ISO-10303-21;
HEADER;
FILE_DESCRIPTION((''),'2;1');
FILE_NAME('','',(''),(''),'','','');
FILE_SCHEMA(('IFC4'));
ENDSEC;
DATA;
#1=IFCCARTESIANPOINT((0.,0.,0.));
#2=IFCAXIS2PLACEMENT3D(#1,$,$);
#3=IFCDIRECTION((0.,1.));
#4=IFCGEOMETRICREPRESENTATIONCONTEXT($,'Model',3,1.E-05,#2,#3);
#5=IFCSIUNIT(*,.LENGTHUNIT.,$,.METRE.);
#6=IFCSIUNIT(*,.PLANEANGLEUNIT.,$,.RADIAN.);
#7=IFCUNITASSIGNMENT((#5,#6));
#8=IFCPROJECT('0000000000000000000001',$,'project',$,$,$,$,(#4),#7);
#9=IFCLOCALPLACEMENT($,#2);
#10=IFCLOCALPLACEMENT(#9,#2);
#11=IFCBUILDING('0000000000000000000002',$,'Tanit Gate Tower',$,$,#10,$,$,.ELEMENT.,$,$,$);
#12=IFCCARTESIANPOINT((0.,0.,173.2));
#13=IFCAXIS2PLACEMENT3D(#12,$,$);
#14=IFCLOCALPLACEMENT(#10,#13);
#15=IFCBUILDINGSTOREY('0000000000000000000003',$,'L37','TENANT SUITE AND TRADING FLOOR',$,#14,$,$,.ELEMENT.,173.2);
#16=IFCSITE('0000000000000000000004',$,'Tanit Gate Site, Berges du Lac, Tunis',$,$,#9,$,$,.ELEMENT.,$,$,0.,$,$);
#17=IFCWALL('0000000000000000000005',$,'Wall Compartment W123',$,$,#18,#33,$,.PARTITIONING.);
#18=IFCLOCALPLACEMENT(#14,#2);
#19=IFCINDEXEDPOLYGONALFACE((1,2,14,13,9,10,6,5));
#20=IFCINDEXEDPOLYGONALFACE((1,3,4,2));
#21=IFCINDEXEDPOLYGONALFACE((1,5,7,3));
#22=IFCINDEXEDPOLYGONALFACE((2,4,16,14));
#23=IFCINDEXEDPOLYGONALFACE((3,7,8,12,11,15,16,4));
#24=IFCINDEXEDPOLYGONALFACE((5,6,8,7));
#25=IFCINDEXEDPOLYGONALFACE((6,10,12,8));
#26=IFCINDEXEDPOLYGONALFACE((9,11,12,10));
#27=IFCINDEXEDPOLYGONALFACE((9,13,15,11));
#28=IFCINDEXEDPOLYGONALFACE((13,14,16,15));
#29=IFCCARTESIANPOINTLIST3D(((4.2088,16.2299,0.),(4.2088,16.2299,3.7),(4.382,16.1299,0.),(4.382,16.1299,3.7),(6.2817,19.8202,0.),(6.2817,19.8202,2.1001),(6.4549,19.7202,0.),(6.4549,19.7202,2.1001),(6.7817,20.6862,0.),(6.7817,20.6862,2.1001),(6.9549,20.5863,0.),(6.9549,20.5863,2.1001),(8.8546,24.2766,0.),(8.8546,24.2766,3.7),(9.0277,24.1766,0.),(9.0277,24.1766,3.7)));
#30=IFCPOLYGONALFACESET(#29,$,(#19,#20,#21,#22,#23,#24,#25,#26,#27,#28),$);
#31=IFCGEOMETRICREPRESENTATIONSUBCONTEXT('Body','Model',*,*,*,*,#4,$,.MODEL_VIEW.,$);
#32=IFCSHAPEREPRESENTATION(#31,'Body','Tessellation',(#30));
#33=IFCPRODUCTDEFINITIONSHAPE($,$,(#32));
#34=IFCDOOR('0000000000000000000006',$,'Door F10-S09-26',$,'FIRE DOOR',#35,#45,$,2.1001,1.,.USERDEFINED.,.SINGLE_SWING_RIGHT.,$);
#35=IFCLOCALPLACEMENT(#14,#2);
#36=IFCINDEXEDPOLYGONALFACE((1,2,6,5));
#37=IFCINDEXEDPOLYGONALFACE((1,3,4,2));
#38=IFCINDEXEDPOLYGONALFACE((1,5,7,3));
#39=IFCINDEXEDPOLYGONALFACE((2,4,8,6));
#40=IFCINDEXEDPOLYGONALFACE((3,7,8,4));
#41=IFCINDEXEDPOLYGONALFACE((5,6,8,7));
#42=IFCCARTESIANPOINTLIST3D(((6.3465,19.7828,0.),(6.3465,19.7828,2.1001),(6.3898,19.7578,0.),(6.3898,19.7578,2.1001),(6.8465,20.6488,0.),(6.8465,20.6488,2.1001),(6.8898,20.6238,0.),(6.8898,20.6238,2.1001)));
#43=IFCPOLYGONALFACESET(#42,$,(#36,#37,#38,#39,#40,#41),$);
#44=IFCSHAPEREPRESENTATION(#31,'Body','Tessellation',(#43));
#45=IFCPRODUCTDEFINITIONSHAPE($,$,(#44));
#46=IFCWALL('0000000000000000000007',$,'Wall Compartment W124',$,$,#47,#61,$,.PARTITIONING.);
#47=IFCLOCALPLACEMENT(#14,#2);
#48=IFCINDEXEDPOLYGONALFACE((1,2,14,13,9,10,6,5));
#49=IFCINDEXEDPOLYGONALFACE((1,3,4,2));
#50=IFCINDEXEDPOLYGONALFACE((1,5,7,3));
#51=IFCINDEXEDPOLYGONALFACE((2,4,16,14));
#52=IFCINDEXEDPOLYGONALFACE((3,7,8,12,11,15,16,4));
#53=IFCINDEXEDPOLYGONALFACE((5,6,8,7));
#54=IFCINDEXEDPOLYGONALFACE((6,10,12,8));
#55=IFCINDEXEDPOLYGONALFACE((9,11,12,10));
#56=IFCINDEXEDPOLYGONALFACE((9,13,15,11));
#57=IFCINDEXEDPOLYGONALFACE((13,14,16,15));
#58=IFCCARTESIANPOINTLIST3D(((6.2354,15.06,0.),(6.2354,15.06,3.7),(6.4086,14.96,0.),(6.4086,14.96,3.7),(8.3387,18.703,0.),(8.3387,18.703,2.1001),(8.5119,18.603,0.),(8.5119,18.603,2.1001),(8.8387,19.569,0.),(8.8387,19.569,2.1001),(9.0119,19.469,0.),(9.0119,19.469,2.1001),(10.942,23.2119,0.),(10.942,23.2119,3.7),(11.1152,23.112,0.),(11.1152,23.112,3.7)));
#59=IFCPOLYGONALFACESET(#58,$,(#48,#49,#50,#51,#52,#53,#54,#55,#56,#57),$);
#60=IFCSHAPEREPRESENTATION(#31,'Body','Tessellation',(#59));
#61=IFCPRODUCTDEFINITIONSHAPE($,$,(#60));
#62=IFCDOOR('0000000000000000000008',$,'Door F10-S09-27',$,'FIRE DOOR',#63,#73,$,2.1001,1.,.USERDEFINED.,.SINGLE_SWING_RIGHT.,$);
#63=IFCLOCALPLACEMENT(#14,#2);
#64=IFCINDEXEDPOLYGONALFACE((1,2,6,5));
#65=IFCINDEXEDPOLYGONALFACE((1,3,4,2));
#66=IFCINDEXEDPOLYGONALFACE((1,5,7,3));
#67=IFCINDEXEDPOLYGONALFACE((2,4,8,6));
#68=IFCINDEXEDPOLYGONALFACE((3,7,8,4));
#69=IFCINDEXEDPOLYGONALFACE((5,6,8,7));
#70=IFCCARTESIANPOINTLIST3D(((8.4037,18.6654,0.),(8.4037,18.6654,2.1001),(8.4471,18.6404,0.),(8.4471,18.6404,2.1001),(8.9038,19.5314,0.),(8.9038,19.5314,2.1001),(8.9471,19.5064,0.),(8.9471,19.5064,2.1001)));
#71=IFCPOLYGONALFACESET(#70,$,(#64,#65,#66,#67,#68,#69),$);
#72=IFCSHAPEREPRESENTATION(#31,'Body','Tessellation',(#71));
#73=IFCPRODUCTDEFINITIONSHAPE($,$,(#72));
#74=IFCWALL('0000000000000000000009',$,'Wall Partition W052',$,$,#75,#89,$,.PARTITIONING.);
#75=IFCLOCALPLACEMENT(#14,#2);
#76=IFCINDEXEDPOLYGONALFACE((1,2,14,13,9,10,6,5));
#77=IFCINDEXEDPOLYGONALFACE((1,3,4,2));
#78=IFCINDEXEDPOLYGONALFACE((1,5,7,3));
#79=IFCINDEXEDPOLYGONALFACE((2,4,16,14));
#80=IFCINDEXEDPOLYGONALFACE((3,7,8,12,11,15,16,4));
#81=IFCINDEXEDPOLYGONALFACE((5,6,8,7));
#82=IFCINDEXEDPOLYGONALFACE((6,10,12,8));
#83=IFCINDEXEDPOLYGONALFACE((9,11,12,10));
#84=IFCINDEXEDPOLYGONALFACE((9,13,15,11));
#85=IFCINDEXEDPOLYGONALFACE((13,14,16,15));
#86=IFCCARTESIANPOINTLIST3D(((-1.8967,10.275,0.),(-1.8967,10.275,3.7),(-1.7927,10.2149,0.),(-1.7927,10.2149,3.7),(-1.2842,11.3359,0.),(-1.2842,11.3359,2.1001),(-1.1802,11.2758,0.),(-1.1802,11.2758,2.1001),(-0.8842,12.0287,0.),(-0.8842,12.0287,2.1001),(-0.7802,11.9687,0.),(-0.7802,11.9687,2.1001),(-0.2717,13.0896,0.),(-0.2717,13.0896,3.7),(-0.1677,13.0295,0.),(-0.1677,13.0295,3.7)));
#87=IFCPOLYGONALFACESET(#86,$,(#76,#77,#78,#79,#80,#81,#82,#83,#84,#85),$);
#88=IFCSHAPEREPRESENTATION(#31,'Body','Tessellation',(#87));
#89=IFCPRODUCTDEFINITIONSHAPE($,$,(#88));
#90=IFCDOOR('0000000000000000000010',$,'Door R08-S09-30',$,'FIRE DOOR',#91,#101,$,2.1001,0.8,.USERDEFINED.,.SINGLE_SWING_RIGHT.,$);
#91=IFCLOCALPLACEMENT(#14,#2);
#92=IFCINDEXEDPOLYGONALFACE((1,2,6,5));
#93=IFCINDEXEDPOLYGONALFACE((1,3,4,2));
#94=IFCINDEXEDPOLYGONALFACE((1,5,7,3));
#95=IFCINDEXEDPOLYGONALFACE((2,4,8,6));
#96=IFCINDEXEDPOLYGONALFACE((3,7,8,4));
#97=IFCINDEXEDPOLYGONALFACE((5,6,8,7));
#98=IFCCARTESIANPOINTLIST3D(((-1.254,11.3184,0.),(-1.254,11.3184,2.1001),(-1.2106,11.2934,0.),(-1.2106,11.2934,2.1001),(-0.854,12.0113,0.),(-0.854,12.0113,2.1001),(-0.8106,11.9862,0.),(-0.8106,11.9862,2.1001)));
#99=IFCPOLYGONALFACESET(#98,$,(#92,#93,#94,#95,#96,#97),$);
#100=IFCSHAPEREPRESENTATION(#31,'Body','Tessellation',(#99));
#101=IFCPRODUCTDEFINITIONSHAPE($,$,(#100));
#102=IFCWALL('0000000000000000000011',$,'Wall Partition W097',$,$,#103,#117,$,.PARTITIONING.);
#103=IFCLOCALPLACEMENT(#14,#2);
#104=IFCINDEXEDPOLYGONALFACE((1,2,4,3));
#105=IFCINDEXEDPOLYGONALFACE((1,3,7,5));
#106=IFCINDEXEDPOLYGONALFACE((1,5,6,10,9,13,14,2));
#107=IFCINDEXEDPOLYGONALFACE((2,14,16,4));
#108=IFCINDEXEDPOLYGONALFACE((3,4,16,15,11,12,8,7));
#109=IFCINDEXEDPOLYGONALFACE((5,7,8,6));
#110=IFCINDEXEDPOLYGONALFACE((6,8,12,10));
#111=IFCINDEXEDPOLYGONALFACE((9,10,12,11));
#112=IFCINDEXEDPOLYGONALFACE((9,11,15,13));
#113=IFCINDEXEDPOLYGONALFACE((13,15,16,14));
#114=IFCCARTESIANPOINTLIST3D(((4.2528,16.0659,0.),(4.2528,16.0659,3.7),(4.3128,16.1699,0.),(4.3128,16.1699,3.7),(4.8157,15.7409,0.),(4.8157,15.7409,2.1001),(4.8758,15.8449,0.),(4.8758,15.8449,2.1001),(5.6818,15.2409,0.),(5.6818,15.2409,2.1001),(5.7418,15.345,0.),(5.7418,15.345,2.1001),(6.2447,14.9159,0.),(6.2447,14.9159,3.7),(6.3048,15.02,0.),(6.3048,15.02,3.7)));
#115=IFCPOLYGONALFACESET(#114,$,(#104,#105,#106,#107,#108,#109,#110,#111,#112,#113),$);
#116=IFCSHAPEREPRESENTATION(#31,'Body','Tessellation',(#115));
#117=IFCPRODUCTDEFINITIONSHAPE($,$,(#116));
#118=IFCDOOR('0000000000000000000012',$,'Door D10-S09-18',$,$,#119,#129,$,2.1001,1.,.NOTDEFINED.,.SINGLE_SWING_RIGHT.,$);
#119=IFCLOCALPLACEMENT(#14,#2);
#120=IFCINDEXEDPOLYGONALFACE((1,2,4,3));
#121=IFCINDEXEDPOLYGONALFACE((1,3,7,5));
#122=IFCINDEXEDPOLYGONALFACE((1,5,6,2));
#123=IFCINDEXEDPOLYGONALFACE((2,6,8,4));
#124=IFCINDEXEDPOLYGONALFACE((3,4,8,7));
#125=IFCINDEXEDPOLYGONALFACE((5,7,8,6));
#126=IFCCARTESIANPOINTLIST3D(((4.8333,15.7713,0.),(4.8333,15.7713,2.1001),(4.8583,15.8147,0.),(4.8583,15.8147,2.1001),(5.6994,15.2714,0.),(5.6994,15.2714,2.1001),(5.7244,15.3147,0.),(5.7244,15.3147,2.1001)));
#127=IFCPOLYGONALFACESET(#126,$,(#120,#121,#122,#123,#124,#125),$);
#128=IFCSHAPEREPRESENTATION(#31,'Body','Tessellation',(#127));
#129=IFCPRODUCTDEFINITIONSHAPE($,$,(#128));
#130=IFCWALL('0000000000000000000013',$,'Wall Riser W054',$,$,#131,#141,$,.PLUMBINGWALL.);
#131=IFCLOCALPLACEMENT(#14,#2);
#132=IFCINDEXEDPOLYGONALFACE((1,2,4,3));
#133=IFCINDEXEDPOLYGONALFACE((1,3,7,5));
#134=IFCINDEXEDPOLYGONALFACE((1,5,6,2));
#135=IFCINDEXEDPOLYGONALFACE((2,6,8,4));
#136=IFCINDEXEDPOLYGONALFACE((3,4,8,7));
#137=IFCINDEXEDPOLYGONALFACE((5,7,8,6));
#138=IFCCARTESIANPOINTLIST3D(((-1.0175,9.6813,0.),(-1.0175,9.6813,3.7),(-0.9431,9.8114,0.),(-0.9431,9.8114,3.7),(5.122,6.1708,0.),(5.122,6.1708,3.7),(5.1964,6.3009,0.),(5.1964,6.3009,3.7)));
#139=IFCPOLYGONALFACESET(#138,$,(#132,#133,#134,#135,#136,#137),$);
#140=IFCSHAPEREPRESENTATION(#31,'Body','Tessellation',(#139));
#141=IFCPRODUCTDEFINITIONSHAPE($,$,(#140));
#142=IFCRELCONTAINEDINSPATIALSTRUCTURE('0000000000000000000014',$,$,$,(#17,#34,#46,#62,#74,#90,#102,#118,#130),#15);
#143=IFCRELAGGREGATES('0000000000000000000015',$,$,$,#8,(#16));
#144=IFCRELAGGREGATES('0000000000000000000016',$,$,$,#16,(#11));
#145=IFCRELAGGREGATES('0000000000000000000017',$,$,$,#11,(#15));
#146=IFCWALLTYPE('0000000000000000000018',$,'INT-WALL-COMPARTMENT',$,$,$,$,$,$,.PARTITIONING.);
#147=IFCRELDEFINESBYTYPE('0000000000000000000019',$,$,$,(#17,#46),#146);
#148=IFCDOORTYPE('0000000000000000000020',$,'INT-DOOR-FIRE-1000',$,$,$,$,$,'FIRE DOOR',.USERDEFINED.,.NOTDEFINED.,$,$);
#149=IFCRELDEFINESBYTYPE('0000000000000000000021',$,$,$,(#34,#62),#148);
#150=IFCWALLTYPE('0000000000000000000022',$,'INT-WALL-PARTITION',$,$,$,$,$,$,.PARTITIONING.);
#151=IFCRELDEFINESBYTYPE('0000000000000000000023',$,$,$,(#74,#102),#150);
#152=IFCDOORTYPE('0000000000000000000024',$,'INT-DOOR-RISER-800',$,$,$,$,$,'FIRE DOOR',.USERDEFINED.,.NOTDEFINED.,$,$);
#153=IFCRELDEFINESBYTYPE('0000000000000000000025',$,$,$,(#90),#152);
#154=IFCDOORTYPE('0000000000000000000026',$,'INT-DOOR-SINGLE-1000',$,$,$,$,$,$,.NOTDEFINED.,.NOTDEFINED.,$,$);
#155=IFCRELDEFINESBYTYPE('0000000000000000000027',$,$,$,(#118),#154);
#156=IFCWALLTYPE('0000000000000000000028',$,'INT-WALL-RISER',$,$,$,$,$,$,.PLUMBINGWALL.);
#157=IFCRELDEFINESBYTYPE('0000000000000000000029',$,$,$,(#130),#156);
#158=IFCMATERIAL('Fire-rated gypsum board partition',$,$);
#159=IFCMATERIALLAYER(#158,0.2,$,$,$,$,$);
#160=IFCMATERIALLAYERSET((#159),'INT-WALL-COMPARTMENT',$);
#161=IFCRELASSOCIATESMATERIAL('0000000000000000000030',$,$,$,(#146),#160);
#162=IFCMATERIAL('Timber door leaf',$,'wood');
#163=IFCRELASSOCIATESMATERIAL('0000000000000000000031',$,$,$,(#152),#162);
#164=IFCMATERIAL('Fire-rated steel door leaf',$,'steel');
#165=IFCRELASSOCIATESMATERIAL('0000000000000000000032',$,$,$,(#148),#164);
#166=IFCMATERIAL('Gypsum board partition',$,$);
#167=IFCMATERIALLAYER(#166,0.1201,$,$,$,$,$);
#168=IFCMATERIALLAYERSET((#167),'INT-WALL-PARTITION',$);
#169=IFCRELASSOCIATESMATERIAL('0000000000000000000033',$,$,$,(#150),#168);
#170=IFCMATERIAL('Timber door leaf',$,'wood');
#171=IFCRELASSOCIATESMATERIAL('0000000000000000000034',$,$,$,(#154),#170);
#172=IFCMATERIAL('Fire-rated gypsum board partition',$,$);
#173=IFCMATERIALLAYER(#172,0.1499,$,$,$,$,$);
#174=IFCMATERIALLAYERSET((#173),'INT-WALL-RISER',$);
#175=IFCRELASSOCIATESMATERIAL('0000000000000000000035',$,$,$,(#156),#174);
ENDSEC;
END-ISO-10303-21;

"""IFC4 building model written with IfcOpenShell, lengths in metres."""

from ifc_helpers import new_model, si_unit, direction, frame, frame_2d, origin, place, context, subcontext, project, spatial, rectangle, extrude, material, layer, layer_set, type_object, element, fill, save


model = new_model("IFC4")

# Units and contexts
model_context = context("Model", 3, precision=1e-05, world=origin(), true_north=direction((0.0, 1.0)))
body_context = subcontext(model_context, "Body", "Model", "MODEL_VIEW")
ifc_project = project(units=[si_unit("LENGTHUNIT", "METRE"), si_unit("PLANEANGLEUNIT", "RADIAN")], contexts=[model_context])

# Site, building, storey
site_placement = place(None, origin())
site = spatial("IfcSite", under=ifc_project, at=site_placement, Name="Tanit Gate Site, Berges du Lac, Tunis", CompositionType="ELEMENT", RefElevation=0.0)
building_placement = place(site_placement, origin())
building = spatial("IfcBuilding", under=site, at=building_placement, Name="Tanit Gate Tower", CompositionType="ELEMENT")
storey_placement = place(building_placement, frame((0.0, 0.0, 173.2)))
storey = spatial("IfcBuildingStorey", under=building, at=storey_placement, Name="L37", Description="TENANT SUITE AND TRADING FLOOR", CompositionType="ELEMENT", Elevation=173.2)

# Shared definitions
ifc_material_1 = material(Name="Fire-rated gypsum board partition")
ifc_layer_1 = layer(ifc_material_1, 0.2)
ifc_layer_set_1 = layer_set([ifc_layer_1], Name="INT-WALL-COMPARTMENT")
wall_type_1 = type_object("IfcWallType", Name="INT-WALL-COMPARTMENT", PredefinedType="PARTITIONING", material=ifc_layer_set_1)

# Shared definitions
ifc_material_2 = material(Name="Timber door leaf", Category="wood")
door_type_1 = type_object("IfcDoorType", Name="INT-DOOR-RISER-800", ElementType="FIRE DOOR", OperationType="NOTDEFINED", PredefinedType="USERDEFINED", material=ifc_material_2)

# Walls, openings, doors
wall_1_placement = place(storey_placement, frame((8.9412, 24.2266, 0.0), z_axis=(0.0, 0.0, 1.0), x_axis=(-0.500002, -0.866024, 0.0)))
wall_1 = element("IfcWall", 1, at=wall_1_placement, inside=storey, type_object=wall_type_1, Name="Wall Compartment W123", PredefinedType="PARTITIONING", context=body_context, shape_type="SweptSolid", body=[
    extrude(rectangle(XDim=9.2915, YDim=0.2, at=frame_2d((4.6458, 0.0))), origin(), (0.0, 0.0, 1.0), 3.7),
])
opening_1_placement = place(wall_1_placement, frame((4.1458, 0.0, 0.0)))
opening_1 = element("IfcOpeningElement", 2, at=opening_1_placement, cuts=wall_1, PredefinedType="OPENING", context=body_context, shape_type="SweptSolid", body=[
    extrude(rectangle(XDim=1.0, YDim=2.1001, at=frame_2d((0.5, 1.05))), frame((0.0, 0.1099, 0.0), z_axis=(0.0, -1.0, 0.0), x_axis=(1.0, 0.0, 0.0)), (0.0, 0.0, 1.0), 0.22),
])
ifc_material_3 = material(Name="Fire-rated steel door leaf", Category="steel")
door_type_2 = type_object("IfcDoorType", Name="INT-DOOR-FIRE-1000", ElementType="FIRE DOOR", OperationType="NOTDEFINED", PredefinedType="USERDEFINED", material=ifc_material_3)
door_1_placement = place(opening_1_placement, origin())
door_1 = element("IfcDoor", 3, at=door_1_placement, inside=storey, type_object=door_type_2, Name="Door F10-S09-26", ObjectType="FIRE DOOR", OperationType="SINGLE_SWING_RIGHT", OverallHeight=2.1001, OverallWidth=1.0, PredefinedType="USERDEFINED", context=body_context, shape_type="SweptSolid", body=[
    extrude(rectangle(XDim=1.0, YDim=2.1001, at=frame_2d((0.5, 1.05))), frame((0.0, 0.0249, 0.0), z_axis=(0.0, -1.0, 0.0), x_axis=(1.0, 0.0, 0.0)), (0.0, 0.0, 1.0), 0.05),
])
fill(opening_1, door_1)
wall_2_placement = place(storey_placement, frame((6.322, 15.01, 0.0), z_axis=(0.0, 0.0, 1.0), x_axis=(0.500005, 0.866022, 0.0)))
wall_2 = element("IfcWall", 4, at=wall_2_placement, inside=storey, type_object=wall_type_1, Name="Wall Compartment W124", PredefinedType="PARTITIONING", context=body_context, shape_type="SweptSolid", body=[
    extrude(rectangle(XDim=9.4131, YDim=0.2, at=frame_2d((4.7065, 0.0))), origin(), (0.0, 0.0, 1.0), 3.7),
])
opening_2_placement = place(wall_2_placement, frame((4.2065, 0.0, 0.0)))
opening_2 = element("IfcOpeningElement", 5, at=opening_2_placement, cuts=wall_2, PredefinedType="OPENING", context=body_context, shape_type="SweptSolid", body=[
    extrude(rectangle(XDim=1.0, YDim=2.1001, at=frame_2d((0.5, 1.05))), frame((0.0, 0.1099, 0.0), z_axis=(0.0, -1.0, 0.0), x_axis=(1.0, 0.0, 0.0)), (0.0, 0.0, 1.0), 0.22),
])
door_2_placement = place(opening_2_placement, origin())
door_2 = element("IfcDoor", 6, at=door_2_placement, inside=storey, type_object=door_type_2, Name="Door F10-S09-27", ObjectType="FIRE DOOR", OperationType="SINGLE_SWING_RIGHT", OverallHeight=2.1001, OverallWidth=1.0, PredefinedType="USERDEFINED", context=body_context, shape_type="SweptSolid", body=[
    extrude(rectangle(XDim=1.0, YDim=2.1001, at=frame_2d((0.5, 1.05))), frame((0.0, 0.0249, 0.0), z_axis=(0.0, -1.0, 0.0), x_axis=(1.0, 0.0, 0.0)), (0.0, 0.0, 1.0), 0.05),
])
fill(opening_2, door_2)
ifc_material_4 = material(Name="Gypsum board partition")
ifc_layer_2 = layer(ifc_material_4, 0.1201)
ifc_layer_set_2 = layer_set([ifc_layer_2], Name="INT-WALL-PARTITION")
wall_type_2 = type_object("IfcWallType", Name="INT-WALL-PARTITION", PredefinedType="PARTITIONING", material=ifc_layer_set_2)
wall_3_placement = place(storey_placement, frame((-0.2197, 13.0596, 0.0), z_axis=(0.0, 0.0, 1.0), x_axis=(-0.499985, -0.866034, 0.0)))
wall_3 = element("IfcWall", 7, at=wall_3_placement, inside=storey, type_object=wall_type_2, Name="Wall Partition W052", PredefinedType="PARTITIONING", context=body_context, shape_type="SweptSolid", body=[
    extrude(rectangle(XDim=3.25, YDim=0.1201, at=frame_2d((1.625, 0.0))), origin(), (0.0, 0.0, 1.0), 3.7),
])
opening_3_placement = place(wall_3_placement, frame((1.2251, 0.0, 0.0)))
opening_3 = element("IfcOpeningElement", 8, at=opening_3_placement, cuts=wall_3, PredefinedType="OPENING", context=body_context, shape_type="SweptSolid", body=[
    extrude(rectangle(XDim=0.8, YDim=2.1001, at=frame_2d((0.3999, 1.05))), frame((0.0, 0.0701, 0.0), z_axis=(0.0, -1.0, 0.0), x_axis=(1.0, 0.0, 0.0)), (0.0, 0.0, 1.0), 0.1401),
])
door_3_placement = place(opening_3_placement, origin())
door_3 = element("IfcDoor", 9, at=door_3_placement, inside=storey, type_object=door_type_1, Name="Door R08-S09-30", ObjectType="FIRE DOOR", OperationType="SINGLE_SWING_RIGHT", OverallHeight=2.1001, OverallWidth=0.8, PredefinedType="USERDEFINED", context=body_context, shape_type="SweptSolid", body=[
    extrude(rectangle(XDim=0.8, YDim=2.1001, at=frame_2d((0.3999, 1.05))), frame((0.0, 0.0249, 0.0), z_axis=(0.0, -1.0, 0.0), x_axis=(1.0, 0.0, 0.0)), (0.0, 0.0, 1.0), 0.05),
])
fill(opening_3, door_3)
wall_4_placement = place(storey_placement, frame((6.2747, 14.968, 0.0), z_axis=(0.0, 0.0, 1.0), x_axis=(-0.866053, 0.499952, 0.0)))
wall_4 = element("IfcWall", 10, at=wall_4_placement, inside=storey, type_object=wall_type_2, Name="Wall Partition W097", PredefinedType="PARTITIONING", context=body_context, shape_type="SweptSolid", body=[
    extrude(rectangle(XDim=2.3, YDim=0.1201, at=frame_2d((1.1499, 0.0))), origin(), (0.0, 0.0, 1.0), 3.7),
])
opening_4_placement = place(wall_4_placement, frame((0.6499, 0.0, 0.0)))
opening_4 = element("IfcOpeningElement", 11, at=opening_4_placement, cuts=wall_4, PredefinedType="OPENING", context=body_context, shape_type="SweptSolid", body=[
    extrude(rectangle(XDim=1.0, YDim=2.1001, at=frame_2d((0.5, 1.05))), frame((0.0, 0.0701, 0.0), z_axis=(0.0, -1.0, 0.0), x_axis=(1.0, 0.0, 0.0)), (0.0, 0.0, 1.0), 0.1401),
])
ifc_material_5 = material(Name="Timber door leaf", Category="wood")
door_type_3 = type_object("IfcDoorType", Name="INT-DOOR-SINGLE-1000", OperationType="NOTDEFINED", PredefinedType="NOTDEFINED", material=ifc_material_5)
door_4_placement = place(opening_4_placement, origin())
door_4 = element("IfcDoor", 12, at=door_4_placement, inside=storey, type_object=door_type_3, Name="Door D10-S09-18", OperationType="SINGLE_SWING_RIGHT", OverallHeight=2.1001, OverallWidth=1.0, PredefinedType="NOTDEFINED", context=body_context, shape_type="SweptSolid", body=[
    extrude(rectangle(XDim=1.0, YDim=2.1001, at=frame_2d((0.5, 1.05))), frame((0.0, 0.0249, 0.0), z_axis=(0.0, -1.0, 0.0), x_axis=(1.0, 0.0, 0.0)), (0.0, 0.0, 1.0), 0.05),
])
fill(opening_4, door_4)

# Wall
ifc_material_6 = material(Name="Fire-rated gypsum board partition")
ifc_layer_3 = layer(ifc_material_6, 0.1499)
ifc_layer_set_3 = layer_set([ifc_layer_3], Name="INT-WALL-RISER")
wall_type_3 = type_object("IfcWallType", Name="INT-WALL-RISER", PredefinedType="PLUMBINGWALL", material=ifc_layer_set_3)
wall_5_placement = place(storey_placement, frame((5.1592, 6.2358, 0.0), z_axis=(0.0, 0.0, 1.0), x_axis=(-0.868105, 0.496381, 0.0)))
element("IfcWall", 13, at=wall_5_placement, inside=storey, type_object=wall_type_3, Name="Wall Riser W054", PredefinedType="PLUMBINGWALL", context=body_context, shape_type="SweptSolid", body=[
    extrude(rectangle(XDim=7.0723, YDim=0.1499, at=frame_2d((3.5361, 0.0))), origin(), (0.0, 0.0, 1.0), 3.7),
])

save(model, "model.ifc")
